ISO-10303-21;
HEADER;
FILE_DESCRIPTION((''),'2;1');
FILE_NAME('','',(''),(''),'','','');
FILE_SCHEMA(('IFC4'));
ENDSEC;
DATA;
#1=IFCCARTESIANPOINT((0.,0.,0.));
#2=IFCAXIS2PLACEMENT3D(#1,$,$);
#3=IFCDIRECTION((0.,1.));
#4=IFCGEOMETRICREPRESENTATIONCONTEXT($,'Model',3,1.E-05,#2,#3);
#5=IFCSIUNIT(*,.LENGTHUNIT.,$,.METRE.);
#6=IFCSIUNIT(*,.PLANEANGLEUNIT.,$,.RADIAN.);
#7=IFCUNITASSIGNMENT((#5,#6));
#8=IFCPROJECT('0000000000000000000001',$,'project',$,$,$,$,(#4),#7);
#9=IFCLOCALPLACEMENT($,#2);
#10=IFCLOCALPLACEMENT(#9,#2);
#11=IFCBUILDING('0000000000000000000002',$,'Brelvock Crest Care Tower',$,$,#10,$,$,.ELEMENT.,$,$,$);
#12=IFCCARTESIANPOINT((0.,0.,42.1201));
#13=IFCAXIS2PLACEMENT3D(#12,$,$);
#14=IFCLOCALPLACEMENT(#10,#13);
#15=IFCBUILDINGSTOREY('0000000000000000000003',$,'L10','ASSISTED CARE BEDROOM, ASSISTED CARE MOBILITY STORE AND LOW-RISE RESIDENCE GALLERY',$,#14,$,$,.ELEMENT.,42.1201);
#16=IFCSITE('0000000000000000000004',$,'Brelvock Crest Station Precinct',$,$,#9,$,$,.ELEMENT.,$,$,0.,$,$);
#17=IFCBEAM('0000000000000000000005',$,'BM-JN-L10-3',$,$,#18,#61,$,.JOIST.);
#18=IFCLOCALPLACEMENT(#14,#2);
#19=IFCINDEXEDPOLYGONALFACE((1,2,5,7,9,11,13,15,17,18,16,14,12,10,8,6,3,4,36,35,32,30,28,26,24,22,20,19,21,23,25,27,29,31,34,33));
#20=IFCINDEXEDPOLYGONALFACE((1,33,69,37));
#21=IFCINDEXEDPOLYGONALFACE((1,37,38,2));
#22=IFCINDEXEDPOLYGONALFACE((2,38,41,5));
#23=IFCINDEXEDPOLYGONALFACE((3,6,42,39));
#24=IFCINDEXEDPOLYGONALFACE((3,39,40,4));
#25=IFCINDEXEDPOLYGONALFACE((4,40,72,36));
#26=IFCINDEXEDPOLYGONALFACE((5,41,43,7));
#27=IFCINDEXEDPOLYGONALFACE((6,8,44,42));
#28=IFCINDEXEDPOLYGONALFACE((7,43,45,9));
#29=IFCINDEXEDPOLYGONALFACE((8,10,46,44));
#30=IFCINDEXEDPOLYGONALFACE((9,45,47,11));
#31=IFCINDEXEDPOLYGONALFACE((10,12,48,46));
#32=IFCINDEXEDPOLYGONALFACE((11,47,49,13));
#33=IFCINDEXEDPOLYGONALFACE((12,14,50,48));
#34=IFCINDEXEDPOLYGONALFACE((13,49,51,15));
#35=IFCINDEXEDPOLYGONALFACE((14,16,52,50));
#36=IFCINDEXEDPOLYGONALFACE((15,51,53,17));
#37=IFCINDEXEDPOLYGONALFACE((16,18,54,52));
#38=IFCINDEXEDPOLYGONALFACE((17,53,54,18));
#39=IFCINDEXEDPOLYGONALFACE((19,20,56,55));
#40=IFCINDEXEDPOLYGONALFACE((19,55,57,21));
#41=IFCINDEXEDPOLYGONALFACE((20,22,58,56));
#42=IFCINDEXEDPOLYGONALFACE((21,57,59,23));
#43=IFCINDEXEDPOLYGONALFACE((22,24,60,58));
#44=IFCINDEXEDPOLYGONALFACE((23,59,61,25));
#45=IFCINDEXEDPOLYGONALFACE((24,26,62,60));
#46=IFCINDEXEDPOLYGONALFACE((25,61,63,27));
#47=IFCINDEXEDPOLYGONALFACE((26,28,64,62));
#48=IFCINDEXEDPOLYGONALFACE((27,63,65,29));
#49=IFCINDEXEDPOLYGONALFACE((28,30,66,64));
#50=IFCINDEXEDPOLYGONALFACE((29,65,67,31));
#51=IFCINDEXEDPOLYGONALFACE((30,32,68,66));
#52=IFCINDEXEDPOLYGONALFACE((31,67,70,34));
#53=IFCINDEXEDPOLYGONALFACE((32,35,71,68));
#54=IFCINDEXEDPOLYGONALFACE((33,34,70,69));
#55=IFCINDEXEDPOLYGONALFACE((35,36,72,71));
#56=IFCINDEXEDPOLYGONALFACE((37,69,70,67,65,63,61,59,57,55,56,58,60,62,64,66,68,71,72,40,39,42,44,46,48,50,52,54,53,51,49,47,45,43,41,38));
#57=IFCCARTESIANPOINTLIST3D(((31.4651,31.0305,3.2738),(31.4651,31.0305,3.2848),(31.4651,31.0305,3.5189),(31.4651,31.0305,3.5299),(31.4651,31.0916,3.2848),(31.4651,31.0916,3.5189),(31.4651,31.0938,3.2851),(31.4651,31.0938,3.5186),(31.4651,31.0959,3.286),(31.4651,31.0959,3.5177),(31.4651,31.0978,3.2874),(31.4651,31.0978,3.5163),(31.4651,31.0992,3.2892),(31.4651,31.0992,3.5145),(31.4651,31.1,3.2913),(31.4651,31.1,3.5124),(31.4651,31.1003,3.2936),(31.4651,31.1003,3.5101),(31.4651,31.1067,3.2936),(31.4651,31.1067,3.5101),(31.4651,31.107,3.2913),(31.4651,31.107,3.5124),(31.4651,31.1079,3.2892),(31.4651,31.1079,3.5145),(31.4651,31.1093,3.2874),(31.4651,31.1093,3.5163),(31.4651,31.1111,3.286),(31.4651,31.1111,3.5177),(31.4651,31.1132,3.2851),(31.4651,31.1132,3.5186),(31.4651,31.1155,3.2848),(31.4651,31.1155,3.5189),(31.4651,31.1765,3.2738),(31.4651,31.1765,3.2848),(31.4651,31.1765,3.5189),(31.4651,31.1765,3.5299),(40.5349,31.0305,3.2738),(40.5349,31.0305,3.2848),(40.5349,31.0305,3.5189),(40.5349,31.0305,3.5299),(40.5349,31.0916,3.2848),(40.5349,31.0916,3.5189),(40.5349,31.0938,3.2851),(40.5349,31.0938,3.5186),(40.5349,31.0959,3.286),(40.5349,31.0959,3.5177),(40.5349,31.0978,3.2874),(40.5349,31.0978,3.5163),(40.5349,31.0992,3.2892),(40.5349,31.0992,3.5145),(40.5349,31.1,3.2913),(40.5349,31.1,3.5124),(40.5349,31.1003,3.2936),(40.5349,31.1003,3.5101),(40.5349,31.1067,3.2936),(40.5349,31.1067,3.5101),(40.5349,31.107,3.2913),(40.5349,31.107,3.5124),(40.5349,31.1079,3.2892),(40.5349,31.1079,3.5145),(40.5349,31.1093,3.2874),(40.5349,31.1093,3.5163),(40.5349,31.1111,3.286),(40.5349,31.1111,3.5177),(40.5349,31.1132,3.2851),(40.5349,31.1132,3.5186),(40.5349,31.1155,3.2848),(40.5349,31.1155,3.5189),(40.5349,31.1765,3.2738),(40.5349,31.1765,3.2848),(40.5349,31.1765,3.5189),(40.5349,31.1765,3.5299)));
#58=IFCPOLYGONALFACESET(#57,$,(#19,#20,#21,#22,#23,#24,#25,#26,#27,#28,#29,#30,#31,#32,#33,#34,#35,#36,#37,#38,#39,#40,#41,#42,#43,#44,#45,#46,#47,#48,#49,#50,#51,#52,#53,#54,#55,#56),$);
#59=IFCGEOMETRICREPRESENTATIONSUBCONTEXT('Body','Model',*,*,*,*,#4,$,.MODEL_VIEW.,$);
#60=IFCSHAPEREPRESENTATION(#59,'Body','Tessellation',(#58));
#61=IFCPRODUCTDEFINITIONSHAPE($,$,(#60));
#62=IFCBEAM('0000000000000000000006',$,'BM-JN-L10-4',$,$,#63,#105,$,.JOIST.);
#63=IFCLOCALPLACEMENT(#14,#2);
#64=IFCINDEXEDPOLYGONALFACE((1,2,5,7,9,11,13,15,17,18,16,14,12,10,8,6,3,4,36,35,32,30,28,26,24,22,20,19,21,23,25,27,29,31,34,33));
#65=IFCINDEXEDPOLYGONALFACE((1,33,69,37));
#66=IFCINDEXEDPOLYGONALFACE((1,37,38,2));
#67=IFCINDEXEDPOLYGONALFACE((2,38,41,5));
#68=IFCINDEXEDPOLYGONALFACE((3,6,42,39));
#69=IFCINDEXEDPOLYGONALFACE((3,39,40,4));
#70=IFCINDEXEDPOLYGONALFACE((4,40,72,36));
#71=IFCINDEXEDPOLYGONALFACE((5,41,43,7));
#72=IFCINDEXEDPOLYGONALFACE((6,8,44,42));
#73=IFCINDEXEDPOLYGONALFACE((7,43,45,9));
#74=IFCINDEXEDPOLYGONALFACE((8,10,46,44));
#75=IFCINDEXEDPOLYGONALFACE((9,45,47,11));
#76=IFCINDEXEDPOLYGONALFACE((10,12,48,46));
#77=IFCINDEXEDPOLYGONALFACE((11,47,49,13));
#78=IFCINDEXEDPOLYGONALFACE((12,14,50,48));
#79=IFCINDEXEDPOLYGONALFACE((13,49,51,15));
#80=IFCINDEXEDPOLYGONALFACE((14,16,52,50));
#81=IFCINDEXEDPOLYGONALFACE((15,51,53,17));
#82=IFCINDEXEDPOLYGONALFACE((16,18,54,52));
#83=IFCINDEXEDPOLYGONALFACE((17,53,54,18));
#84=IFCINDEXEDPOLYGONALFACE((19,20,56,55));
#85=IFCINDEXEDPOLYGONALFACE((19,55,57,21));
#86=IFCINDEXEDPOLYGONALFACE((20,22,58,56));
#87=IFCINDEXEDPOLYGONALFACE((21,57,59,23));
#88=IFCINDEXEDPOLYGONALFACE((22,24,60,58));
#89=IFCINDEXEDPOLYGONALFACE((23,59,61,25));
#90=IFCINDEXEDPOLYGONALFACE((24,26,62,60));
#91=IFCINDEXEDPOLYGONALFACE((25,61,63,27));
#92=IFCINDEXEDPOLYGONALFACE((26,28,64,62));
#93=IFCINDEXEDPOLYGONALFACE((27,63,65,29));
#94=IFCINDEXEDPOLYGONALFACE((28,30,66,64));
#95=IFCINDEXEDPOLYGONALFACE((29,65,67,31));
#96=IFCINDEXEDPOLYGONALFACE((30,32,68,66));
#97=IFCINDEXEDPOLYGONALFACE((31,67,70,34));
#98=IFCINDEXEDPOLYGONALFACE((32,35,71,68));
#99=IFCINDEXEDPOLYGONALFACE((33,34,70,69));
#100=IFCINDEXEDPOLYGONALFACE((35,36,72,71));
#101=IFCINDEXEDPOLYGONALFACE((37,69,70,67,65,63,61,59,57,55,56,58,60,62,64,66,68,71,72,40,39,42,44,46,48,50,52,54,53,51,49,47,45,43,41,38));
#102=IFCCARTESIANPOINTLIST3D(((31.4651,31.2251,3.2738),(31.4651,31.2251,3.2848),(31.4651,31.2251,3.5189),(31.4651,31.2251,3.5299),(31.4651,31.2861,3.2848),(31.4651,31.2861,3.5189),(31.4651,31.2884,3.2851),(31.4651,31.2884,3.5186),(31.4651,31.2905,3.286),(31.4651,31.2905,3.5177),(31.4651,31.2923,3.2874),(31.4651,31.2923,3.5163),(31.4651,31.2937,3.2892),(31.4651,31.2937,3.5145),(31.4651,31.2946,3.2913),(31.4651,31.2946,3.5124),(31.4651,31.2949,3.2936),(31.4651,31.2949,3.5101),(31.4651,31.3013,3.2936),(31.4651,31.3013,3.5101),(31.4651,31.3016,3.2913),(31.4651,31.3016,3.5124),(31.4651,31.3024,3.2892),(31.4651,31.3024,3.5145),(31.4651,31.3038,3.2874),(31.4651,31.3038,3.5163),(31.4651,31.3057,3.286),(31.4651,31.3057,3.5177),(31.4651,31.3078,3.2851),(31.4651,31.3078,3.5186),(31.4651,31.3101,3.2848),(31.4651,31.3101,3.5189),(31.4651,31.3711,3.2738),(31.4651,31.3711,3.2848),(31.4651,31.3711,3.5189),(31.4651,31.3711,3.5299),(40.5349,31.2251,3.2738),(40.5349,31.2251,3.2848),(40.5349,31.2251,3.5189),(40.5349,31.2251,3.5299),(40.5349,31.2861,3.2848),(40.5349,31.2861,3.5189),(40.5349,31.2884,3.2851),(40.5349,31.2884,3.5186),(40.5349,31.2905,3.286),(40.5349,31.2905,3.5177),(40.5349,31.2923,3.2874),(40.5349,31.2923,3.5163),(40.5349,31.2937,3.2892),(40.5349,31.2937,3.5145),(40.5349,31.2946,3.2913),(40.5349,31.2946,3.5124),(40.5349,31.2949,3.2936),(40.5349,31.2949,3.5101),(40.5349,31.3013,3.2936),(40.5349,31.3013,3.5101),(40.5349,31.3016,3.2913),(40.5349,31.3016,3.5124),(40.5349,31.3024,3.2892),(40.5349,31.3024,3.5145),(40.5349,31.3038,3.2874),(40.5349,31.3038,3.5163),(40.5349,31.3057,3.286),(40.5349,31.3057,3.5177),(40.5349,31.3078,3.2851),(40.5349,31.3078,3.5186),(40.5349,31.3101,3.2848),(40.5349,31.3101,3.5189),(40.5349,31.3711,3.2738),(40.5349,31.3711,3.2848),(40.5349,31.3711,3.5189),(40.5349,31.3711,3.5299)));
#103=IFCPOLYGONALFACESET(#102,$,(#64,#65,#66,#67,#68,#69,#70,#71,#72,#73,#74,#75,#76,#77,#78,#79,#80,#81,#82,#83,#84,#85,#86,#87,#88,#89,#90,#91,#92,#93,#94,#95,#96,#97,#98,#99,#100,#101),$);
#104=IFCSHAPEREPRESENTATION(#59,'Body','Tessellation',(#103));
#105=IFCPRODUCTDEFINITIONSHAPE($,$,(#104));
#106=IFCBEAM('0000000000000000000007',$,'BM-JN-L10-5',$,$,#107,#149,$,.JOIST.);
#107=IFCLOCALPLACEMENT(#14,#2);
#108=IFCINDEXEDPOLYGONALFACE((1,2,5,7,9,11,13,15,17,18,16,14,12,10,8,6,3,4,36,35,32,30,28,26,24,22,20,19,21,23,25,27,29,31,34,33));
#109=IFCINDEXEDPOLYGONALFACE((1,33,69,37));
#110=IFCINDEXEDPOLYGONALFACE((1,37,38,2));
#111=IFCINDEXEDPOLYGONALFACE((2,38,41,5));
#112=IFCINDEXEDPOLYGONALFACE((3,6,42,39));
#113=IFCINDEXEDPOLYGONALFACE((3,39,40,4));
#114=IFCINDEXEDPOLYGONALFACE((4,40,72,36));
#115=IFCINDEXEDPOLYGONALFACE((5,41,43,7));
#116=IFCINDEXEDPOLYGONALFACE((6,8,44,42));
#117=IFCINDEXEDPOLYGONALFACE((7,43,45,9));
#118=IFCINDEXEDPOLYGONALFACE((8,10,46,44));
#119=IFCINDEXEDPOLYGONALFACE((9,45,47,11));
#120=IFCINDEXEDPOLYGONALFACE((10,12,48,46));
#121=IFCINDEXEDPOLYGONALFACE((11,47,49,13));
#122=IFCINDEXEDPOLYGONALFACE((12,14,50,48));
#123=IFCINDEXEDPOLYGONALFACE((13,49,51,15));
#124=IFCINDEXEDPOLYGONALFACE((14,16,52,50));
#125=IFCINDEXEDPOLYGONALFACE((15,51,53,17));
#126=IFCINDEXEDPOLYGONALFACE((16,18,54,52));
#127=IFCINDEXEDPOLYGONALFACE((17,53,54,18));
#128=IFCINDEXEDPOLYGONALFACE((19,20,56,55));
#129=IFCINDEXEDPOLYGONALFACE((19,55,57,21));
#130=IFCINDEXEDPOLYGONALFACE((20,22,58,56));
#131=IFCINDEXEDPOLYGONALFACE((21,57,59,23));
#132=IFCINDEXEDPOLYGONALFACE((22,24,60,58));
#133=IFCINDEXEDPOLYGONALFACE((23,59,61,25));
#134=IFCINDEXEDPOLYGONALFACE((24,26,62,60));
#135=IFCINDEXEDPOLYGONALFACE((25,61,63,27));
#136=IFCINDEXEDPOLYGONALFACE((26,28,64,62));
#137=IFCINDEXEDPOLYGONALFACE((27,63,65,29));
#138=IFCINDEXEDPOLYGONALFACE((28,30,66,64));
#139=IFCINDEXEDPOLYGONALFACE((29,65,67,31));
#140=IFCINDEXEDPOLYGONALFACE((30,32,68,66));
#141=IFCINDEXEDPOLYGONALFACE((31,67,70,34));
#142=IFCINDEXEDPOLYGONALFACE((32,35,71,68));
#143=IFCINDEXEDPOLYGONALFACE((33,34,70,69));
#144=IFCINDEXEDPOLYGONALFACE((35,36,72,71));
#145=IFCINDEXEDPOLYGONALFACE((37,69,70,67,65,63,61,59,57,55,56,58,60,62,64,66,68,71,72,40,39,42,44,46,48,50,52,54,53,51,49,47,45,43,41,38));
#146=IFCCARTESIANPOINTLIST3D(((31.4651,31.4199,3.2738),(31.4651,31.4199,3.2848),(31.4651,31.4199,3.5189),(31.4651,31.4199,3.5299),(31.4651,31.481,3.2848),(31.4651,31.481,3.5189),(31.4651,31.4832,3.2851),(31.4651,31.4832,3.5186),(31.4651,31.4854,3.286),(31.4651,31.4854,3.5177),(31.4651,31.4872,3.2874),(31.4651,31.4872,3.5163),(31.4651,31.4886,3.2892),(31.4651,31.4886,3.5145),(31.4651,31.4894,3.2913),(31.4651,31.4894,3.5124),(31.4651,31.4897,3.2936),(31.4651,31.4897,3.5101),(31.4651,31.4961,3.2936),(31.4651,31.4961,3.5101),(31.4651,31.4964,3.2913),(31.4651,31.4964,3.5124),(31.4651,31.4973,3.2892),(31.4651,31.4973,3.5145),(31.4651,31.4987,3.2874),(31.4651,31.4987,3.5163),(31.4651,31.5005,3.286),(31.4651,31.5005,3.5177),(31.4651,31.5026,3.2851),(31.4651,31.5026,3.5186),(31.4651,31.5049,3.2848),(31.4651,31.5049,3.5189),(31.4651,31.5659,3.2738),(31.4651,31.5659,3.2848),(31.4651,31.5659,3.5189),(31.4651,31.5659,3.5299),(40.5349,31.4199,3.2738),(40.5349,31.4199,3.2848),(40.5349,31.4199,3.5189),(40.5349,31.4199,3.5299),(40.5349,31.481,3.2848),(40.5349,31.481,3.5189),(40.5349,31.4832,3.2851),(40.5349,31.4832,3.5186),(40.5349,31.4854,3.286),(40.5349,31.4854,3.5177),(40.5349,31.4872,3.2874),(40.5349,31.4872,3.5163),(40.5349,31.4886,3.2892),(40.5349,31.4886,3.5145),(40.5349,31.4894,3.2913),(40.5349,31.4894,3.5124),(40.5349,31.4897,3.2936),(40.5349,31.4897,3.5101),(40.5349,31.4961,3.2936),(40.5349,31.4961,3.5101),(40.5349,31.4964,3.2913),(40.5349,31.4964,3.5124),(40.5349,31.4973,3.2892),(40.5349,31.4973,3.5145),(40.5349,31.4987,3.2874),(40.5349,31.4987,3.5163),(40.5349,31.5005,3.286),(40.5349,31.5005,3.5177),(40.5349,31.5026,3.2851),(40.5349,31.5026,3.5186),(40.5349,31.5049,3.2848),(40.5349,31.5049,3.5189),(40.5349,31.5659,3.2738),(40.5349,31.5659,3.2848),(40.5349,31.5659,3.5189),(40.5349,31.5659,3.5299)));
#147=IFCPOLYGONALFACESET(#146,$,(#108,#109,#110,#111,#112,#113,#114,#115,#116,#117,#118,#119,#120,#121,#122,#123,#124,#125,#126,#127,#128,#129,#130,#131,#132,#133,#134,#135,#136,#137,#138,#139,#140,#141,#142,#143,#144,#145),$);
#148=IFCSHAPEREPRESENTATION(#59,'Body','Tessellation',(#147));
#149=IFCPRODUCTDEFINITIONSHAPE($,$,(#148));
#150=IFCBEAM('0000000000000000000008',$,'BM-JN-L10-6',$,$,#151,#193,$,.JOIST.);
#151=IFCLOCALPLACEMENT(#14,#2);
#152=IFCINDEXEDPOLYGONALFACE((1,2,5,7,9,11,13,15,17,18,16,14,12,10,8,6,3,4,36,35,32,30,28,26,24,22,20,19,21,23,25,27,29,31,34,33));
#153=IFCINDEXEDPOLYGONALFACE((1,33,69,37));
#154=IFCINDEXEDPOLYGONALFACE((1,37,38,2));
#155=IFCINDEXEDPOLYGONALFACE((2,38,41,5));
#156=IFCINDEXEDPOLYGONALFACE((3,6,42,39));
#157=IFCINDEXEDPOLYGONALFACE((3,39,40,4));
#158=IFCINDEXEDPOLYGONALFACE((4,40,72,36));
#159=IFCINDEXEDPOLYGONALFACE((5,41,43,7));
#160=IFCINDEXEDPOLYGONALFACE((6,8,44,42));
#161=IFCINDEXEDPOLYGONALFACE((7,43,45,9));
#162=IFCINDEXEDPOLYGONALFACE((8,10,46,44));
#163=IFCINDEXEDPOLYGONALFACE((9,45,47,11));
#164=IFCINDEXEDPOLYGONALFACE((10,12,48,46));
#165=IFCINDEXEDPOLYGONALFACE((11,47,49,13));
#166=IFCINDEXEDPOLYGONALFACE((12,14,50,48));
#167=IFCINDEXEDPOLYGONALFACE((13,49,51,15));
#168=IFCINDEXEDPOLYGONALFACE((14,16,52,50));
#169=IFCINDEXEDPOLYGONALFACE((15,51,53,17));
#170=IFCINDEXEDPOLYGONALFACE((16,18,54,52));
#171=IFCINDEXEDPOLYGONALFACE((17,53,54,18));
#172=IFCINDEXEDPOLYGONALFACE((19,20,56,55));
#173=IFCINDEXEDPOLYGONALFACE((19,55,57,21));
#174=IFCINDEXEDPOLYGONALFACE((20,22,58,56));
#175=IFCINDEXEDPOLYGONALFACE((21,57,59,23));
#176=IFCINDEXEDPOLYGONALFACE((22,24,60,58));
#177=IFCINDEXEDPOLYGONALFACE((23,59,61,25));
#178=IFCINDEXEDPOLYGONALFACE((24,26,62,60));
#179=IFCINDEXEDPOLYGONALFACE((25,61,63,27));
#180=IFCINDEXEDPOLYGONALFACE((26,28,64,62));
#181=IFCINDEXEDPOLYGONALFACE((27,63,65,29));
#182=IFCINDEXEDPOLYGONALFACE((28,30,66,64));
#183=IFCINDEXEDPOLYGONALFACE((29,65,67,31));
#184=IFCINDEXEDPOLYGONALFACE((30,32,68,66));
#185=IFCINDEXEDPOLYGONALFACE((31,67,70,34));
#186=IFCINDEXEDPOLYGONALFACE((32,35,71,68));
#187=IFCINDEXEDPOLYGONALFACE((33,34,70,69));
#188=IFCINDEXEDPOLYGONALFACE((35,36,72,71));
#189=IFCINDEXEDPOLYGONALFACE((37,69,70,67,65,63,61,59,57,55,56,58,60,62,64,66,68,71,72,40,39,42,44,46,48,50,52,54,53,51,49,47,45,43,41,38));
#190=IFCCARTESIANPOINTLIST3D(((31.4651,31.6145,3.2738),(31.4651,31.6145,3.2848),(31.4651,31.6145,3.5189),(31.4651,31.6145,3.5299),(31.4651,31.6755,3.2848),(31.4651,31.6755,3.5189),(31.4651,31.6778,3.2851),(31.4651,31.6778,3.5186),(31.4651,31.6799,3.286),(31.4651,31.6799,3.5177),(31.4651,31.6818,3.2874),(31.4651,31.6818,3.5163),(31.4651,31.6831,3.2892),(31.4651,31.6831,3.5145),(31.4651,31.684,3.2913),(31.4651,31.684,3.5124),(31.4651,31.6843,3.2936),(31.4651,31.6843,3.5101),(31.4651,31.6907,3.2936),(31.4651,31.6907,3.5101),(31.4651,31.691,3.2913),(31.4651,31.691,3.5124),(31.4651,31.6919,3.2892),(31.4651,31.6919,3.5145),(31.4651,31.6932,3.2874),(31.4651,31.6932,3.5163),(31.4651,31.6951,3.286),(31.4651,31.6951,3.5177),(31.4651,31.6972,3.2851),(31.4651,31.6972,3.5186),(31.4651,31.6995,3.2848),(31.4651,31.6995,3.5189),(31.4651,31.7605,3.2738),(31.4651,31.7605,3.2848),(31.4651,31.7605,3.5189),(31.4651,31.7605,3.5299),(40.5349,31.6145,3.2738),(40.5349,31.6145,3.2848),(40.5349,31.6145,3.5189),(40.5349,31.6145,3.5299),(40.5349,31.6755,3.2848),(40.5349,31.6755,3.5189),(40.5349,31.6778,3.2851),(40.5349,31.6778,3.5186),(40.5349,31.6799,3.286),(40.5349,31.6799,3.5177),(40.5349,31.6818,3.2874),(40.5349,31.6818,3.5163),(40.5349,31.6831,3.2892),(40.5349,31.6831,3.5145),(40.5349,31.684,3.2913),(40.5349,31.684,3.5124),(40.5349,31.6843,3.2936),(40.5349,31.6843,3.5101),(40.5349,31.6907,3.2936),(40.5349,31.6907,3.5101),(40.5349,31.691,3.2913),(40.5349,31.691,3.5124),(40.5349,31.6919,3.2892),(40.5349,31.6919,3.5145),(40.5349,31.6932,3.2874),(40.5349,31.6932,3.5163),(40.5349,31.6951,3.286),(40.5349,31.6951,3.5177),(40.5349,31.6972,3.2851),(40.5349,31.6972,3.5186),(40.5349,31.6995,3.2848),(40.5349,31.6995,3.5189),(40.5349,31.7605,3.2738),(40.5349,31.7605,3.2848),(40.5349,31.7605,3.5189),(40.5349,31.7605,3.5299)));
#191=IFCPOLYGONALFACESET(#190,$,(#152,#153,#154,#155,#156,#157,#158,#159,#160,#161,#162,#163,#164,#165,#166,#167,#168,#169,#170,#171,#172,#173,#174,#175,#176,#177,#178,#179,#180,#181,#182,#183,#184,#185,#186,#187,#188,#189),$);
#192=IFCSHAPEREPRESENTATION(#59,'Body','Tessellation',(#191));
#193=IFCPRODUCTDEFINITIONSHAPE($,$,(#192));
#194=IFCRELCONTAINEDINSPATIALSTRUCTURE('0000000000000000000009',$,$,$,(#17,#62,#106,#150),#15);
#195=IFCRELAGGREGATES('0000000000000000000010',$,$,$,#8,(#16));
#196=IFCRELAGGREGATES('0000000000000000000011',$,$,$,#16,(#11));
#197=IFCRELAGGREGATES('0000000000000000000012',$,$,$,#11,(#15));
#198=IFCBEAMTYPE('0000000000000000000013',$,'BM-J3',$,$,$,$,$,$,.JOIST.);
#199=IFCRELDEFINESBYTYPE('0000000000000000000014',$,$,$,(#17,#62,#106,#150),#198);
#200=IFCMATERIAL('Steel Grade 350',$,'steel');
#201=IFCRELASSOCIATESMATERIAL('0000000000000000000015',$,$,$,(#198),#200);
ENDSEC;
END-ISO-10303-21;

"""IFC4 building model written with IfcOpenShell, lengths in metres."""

from ifc_helpers import new_model, si_unit, direction, frame, origin, origin_2d, place, context, subcontext, project, spatial, i_section, extrude, source, transform, mapped, material, material_profile, profile_set, type_object, element, save


model = new_model("IFC4")

# Units and contexts
model_context = context("Model", 3, precision=1e-05, world=origin(), true_north=direction((0.0, 1.0)))
body_context = subcontext(model_context, "Body", "Model", "MODEL_VIEW")
ifc_project = project(units=[si_unit("LENGTHUNIT", "METRE"), si_unit("PLANEANGLEUNIT", "RADIAN")], contexts=[model_context])

# Site, building, storey
site_placement = place(None, origin())
site = spatial("IfcSite", under=ifc_project, at=site_placement, Name="Brelvock Crest Station Precinct", CompositionType="ELEMENT", RefElevation=0.0)
building_placement = place(site_placement, origin())
building = spatial("IfcBuilding", under=site, at=building_placement, Name="Brelvock Crest Care Tower", CompositionType="ELEMENT")
storey_placement = place(building_placement, frame((0.0, 0.0, 42.1201)))
storey = spatial("IfcBuildingStorey", under=building, at=storey_placement, Name="L10", Description="ASSISTED CARE BEDROOM, ASSISTED CARE MOBILITY STORE AND LOW-RISE RESIDENCE GALLERY", CompositionType="ELEMENT", Elevation=42.1201)

# Beams
ifc_material_1 = material(Name="Steel Grade 350", Category="steel")
ifc_material_profile = material_profile(ifc_material_1, i_section(OverallWidth=0.146, OverallDepth=0.2561, WebThickness=0.0063, FlangeThickness=0.011, FilletRadius=0.0088, at=origin_2d()), Name="250UB37.3")
ifc_profile_set = profile_set([ifc_material_profile], Name="Steel Grade 350")
beam_type = type_object("IfcBeamType", Name="BM-J3", PredefinedType="JOIST", material=ifc_profile_set)
shared_shape_1 = source(origin(), body_context, "Body", "SweptSolid", [
    extrude(i_section(OverallWidth=0.146, OverallDepth=0.2561, WebThickness=0.0063, FlangeThickness=0.011, FilletRadius=0.0088, at=origin_2d()), origin(), (0.0, 0.0, 1.0), 9.0698),
])
for number, where, z_axis, x_axis, name in (
    (1, (31.4651, 31.1035, 3.4019), (1.0, 0.0, 0.0), (0.0, 1.0, 0.0), "BM-JN-L10-3"),
    (2, (31.4651, 31.2981, 3.4019), (1.0, 0.0, 0.0), (0.0, 1.0, 0.0), "BM-JN-L10-4"),
    (3, (31.4651, 31.4929, 3.4019), (1.0, 0.0, 0.0), (0.0, 1.0, 0.0), "BM-JN-L10-5"),
    (4, (31.4651, 31.6875, 3.4019), (1.0, 0.0, 0.0), (0.0, 1.0, 0.0), "BM-JN-L10-6"),
):
    element("IfcBeam", number, at=place(storey_placement, frame(where, z_axis=z_axis, x_axis=x_axis)), inside=storey, type_object=beam_type, Name=name, PredefinedType="JOIST", context=body_context, shape_type="MappedRepresentation", body=[
        mapped(shared_shape_1, transform((0.0, 0.0, 0.0), x_axis=(1.0, 0.0, 0.0), y_axis=(0.0, 1.0, 0.0), z_axis=(0.0, 0.0, 1.0), scale=1.0)),
    ])

save(model, "model.ifc")
